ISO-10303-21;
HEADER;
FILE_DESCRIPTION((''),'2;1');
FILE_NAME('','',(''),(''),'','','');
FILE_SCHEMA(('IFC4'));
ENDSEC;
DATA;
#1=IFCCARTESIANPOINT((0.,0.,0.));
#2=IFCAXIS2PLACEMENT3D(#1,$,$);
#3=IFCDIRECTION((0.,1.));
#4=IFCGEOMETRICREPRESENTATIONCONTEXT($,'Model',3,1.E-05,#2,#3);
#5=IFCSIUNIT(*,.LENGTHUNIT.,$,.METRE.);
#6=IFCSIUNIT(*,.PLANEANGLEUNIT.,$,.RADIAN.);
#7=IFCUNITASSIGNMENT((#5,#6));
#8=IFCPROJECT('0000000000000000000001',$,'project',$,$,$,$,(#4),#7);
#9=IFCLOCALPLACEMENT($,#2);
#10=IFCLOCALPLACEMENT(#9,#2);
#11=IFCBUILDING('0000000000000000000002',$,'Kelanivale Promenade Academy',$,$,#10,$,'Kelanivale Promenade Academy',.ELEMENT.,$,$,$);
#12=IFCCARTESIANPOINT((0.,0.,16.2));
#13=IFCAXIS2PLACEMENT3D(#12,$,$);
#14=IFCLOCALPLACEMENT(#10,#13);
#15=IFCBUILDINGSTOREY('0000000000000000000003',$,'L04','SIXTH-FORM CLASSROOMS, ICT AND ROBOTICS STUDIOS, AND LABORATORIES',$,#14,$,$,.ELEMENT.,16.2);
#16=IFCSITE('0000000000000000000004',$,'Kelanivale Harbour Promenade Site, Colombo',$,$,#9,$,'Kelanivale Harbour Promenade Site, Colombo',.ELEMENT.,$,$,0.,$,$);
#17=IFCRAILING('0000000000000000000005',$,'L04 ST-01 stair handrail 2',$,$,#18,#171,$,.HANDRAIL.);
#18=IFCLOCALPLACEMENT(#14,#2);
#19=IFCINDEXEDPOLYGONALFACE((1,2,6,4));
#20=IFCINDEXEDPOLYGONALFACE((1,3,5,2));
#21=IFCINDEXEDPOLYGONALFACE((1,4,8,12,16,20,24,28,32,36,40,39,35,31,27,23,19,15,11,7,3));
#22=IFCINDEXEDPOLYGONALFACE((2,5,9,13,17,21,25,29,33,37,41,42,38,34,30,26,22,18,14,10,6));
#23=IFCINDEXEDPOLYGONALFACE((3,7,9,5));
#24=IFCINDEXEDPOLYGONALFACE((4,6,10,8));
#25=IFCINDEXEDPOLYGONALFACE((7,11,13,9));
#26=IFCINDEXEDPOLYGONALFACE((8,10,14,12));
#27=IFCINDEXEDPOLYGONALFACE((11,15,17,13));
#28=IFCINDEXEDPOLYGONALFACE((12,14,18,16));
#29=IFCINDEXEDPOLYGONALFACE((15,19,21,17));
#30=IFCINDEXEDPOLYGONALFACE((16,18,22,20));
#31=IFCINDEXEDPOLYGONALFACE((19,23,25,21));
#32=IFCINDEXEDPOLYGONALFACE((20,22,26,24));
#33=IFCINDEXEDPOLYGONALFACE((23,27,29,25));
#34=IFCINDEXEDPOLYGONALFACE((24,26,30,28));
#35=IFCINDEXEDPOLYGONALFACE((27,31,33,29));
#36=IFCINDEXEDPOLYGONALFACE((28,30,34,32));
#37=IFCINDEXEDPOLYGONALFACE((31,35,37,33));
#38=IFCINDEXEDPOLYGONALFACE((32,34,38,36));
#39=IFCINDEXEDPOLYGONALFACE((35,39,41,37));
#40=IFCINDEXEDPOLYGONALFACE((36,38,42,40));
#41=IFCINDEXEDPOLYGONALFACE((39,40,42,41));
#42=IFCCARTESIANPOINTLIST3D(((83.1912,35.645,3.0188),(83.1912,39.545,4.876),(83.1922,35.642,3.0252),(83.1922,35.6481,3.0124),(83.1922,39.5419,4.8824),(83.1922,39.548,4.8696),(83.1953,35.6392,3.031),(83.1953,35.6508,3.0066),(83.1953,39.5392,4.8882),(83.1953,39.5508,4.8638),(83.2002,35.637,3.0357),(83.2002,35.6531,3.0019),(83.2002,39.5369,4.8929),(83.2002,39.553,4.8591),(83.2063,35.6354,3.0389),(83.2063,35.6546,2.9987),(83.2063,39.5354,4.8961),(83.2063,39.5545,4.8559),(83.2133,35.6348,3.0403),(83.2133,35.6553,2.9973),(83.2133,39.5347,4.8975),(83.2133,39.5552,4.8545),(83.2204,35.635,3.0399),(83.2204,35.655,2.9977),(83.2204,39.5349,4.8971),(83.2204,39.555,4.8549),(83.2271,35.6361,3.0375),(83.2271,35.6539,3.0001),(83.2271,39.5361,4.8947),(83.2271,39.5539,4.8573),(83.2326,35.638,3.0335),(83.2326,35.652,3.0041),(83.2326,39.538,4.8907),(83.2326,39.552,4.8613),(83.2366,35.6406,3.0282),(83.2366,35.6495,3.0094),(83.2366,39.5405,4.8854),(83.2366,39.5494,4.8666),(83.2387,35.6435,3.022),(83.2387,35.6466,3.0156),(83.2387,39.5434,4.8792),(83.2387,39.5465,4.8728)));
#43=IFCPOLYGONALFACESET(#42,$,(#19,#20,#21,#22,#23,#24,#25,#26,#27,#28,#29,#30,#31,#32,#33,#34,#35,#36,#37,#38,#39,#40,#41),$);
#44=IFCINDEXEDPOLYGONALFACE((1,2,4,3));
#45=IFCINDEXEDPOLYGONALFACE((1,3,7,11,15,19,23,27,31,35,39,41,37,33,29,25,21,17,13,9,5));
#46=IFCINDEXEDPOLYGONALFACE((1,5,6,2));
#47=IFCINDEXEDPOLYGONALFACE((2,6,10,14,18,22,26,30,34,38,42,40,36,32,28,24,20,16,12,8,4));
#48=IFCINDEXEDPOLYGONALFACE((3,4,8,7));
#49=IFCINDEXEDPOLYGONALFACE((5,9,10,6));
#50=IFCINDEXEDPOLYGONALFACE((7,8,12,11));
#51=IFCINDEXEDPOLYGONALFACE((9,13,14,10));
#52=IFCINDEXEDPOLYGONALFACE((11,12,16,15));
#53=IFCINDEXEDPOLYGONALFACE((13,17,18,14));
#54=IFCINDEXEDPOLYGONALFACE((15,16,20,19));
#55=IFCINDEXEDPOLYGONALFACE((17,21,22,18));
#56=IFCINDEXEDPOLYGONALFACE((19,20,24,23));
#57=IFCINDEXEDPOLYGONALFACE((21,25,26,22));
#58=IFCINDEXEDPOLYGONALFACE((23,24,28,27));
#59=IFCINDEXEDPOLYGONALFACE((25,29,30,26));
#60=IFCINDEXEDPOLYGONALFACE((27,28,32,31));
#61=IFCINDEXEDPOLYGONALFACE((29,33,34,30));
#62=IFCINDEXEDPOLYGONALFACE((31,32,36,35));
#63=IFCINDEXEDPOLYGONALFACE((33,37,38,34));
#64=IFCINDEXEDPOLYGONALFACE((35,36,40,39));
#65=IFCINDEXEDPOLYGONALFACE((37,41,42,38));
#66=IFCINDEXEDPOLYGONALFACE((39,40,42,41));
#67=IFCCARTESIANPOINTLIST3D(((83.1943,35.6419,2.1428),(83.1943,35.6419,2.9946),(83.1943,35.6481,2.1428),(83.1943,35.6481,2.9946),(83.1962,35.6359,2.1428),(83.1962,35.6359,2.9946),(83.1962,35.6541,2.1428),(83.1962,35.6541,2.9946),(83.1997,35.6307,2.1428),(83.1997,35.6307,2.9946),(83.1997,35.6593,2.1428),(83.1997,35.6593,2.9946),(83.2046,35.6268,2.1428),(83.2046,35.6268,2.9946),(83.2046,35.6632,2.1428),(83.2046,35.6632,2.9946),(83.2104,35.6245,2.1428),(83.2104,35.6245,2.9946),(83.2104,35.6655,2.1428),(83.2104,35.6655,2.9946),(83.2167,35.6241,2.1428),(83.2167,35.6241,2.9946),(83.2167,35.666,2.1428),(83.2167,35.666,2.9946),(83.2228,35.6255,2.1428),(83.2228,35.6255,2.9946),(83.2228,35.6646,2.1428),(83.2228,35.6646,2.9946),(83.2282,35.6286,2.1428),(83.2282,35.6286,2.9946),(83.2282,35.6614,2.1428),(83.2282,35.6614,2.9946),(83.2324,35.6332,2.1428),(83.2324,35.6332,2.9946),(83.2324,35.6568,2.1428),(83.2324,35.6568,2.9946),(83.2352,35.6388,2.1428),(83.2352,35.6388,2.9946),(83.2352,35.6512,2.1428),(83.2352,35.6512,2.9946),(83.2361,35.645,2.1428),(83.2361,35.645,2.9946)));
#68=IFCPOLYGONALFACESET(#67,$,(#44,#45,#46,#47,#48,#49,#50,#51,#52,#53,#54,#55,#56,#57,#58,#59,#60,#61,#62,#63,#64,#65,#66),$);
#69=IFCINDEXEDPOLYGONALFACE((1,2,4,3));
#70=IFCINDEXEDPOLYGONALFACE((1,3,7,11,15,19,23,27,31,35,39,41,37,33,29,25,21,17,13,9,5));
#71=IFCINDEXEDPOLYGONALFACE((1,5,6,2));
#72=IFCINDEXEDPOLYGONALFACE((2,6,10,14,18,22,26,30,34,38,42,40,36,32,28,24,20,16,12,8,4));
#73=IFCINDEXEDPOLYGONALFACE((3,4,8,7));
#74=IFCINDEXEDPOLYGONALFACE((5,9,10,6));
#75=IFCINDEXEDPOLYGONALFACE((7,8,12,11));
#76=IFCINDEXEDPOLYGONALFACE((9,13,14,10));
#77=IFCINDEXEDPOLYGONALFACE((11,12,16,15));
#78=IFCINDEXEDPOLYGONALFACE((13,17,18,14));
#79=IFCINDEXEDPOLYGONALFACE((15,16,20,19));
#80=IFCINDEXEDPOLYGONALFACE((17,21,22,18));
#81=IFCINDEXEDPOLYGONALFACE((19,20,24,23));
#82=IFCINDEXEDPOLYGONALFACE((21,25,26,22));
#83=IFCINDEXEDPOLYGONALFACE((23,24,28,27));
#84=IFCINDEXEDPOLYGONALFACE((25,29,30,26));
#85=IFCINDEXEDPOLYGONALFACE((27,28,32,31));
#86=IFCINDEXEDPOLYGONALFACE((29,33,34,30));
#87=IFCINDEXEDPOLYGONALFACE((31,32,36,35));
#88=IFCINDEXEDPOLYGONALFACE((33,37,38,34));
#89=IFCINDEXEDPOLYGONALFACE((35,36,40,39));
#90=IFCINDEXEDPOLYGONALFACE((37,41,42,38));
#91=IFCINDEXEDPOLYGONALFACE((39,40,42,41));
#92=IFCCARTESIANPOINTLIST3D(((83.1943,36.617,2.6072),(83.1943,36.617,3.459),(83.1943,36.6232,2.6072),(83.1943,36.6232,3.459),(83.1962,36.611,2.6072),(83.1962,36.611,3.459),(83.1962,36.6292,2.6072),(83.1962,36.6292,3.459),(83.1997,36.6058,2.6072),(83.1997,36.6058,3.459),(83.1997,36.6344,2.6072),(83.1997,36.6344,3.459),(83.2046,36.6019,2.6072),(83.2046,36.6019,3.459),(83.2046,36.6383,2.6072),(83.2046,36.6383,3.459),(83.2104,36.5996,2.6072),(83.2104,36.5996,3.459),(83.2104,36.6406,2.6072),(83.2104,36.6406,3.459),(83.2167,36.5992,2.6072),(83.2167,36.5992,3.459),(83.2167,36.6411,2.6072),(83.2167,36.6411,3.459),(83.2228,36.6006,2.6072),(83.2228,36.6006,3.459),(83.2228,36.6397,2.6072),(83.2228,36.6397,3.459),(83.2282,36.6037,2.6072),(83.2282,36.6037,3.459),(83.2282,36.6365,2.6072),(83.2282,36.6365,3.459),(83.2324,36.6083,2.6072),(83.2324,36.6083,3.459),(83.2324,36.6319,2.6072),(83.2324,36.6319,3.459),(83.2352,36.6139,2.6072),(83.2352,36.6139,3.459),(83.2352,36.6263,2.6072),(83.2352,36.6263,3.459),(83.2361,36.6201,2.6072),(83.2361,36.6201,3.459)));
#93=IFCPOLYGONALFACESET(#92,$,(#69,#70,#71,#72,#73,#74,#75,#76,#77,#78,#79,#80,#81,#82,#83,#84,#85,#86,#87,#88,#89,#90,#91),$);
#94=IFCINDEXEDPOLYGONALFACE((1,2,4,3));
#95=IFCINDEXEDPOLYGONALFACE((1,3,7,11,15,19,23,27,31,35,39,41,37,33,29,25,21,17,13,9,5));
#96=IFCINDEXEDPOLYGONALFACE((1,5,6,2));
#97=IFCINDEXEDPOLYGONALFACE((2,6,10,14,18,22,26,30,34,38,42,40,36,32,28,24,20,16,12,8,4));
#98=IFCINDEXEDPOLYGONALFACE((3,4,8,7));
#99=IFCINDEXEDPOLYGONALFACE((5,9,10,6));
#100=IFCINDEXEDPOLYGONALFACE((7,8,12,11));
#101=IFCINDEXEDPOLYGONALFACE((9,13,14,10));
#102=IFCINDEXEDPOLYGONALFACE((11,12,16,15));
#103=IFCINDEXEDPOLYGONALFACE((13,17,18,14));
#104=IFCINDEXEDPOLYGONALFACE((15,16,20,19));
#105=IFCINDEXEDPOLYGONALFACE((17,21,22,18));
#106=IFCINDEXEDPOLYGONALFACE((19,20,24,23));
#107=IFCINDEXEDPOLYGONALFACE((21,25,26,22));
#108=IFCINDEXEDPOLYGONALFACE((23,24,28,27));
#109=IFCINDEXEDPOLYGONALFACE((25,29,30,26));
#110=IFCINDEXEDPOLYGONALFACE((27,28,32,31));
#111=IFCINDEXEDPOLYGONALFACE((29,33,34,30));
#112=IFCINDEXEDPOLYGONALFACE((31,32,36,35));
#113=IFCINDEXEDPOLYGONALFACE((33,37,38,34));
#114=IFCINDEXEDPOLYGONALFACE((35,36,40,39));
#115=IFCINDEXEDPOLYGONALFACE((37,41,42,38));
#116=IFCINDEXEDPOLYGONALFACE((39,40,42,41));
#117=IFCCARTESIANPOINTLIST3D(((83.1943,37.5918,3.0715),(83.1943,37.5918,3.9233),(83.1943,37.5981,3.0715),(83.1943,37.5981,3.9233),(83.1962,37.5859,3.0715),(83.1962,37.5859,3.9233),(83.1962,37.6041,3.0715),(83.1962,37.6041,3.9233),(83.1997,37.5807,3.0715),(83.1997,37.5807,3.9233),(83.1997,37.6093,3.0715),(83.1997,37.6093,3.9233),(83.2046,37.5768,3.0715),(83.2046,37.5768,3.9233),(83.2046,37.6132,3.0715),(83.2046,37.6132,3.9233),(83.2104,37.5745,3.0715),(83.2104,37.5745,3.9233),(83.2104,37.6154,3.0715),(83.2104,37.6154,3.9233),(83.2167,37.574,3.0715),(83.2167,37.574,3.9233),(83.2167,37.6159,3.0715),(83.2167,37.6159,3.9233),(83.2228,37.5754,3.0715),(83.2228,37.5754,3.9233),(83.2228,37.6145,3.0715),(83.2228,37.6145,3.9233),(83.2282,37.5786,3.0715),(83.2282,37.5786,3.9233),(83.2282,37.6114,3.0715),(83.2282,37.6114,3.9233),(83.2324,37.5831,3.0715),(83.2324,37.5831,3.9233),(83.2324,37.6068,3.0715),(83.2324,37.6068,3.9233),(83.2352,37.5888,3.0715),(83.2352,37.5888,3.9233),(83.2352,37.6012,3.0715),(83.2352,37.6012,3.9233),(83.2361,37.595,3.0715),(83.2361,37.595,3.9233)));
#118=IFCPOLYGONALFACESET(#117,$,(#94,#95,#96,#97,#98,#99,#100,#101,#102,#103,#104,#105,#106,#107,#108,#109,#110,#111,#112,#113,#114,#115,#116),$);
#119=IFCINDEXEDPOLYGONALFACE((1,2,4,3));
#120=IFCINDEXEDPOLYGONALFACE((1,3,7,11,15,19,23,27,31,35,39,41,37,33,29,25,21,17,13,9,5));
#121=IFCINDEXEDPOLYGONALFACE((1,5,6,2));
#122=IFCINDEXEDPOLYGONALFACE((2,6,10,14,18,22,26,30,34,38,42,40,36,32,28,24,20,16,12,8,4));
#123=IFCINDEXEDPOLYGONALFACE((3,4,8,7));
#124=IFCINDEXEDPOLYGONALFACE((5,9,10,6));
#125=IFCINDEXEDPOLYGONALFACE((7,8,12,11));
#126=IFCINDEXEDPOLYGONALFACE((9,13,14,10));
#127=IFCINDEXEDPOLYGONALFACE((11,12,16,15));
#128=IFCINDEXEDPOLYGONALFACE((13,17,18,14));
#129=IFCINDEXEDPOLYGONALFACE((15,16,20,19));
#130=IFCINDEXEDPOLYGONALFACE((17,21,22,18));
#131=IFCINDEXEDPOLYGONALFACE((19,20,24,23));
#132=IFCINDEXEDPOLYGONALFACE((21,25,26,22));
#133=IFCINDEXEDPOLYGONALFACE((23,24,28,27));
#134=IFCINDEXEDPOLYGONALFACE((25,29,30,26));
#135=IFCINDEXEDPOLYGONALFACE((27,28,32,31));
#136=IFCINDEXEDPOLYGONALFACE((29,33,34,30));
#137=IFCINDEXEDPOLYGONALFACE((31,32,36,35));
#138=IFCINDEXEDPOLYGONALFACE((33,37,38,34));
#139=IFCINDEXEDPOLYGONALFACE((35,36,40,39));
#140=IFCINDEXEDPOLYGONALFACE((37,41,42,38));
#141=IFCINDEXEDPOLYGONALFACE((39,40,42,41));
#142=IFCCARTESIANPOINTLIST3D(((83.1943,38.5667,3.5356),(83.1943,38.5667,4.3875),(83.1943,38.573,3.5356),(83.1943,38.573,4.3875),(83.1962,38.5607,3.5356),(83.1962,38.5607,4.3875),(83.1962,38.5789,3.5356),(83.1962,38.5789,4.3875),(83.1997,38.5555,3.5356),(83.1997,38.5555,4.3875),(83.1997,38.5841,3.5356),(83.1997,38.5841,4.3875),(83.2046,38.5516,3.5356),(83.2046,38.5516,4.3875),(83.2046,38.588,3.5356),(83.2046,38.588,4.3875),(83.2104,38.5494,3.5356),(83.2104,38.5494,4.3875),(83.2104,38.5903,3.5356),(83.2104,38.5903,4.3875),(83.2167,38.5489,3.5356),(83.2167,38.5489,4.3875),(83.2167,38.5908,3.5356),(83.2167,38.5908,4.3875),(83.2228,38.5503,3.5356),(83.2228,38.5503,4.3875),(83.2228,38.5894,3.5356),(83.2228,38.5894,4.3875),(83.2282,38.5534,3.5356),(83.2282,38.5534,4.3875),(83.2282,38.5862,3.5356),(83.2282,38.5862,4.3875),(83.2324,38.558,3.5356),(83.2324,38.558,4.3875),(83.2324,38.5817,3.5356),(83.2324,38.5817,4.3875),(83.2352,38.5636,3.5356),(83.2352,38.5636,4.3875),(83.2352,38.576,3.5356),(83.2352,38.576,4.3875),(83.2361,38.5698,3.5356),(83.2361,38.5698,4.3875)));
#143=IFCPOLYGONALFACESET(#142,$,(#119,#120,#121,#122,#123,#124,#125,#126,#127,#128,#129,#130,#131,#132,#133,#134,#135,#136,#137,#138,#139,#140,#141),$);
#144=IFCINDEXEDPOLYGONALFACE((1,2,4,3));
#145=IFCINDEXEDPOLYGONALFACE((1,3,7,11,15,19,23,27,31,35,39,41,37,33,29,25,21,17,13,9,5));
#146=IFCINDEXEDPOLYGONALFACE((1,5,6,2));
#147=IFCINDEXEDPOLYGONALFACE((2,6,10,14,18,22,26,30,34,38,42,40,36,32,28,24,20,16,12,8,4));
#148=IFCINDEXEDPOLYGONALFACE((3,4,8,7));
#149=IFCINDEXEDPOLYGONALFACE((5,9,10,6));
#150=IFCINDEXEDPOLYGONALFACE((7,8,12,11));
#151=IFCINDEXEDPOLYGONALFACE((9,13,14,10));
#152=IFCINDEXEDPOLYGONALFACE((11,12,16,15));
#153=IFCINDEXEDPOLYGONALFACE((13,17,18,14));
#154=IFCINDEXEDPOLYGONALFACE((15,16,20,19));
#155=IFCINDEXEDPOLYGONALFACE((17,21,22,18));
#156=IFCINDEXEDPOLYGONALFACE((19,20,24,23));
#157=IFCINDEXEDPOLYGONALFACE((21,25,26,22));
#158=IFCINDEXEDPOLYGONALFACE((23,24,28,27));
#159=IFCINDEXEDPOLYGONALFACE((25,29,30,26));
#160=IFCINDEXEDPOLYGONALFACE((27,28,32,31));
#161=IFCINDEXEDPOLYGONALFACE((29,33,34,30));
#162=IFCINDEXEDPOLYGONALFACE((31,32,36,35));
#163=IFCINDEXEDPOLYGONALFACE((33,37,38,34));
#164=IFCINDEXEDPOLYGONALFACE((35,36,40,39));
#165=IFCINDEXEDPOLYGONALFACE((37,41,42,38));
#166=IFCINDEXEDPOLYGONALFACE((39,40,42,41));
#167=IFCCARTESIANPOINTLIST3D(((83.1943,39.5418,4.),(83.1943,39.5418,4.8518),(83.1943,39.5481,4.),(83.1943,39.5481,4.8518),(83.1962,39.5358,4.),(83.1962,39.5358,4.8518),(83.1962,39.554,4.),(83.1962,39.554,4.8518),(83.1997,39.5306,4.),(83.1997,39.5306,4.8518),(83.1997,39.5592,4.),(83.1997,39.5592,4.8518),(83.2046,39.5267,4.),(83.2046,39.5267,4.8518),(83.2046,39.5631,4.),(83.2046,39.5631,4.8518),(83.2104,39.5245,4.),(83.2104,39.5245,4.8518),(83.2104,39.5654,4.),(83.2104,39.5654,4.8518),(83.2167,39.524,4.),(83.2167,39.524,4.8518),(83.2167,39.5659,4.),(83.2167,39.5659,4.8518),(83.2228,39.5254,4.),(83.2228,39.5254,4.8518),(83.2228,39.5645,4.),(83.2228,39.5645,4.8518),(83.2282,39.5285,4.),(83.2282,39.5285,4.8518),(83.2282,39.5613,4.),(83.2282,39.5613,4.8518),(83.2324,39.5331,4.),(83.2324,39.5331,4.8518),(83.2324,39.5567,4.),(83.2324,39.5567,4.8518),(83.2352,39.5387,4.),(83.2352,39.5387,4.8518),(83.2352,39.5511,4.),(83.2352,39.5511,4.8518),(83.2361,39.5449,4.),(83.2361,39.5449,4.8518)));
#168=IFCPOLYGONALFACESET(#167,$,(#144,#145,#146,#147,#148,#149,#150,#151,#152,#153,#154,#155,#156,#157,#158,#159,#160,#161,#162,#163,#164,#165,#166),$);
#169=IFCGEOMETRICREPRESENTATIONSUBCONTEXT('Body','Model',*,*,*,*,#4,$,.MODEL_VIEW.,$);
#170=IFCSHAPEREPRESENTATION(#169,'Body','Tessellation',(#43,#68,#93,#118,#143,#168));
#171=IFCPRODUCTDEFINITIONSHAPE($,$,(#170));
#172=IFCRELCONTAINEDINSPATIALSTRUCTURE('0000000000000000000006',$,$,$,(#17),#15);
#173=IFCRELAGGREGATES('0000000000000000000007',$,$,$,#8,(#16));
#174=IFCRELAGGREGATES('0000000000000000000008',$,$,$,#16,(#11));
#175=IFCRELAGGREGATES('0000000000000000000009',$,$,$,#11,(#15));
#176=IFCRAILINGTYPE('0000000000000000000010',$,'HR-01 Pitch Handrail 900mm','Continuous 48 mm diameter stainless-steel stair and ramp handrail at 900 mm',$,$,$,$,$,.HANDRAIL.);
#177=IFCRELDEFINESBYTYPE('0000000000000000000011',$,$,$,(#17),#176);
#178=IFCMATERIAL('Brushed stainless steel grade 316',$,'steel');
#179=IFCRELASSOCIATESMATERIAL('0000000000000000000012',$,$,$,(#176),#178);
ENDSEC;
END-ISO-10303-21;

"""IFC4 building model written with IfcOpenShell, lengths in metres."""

from ifc_helpers import new_model, si_unit, direction, frame, origin, origin_2d, place, context, subcontext, project, spatial, circle, extrude, material, type_object, element, save


model = new_model("IFC4")

# Units and contexts
model_context = context("Model", 3, precision=1e-05, world=origin(), true_north=direction((0.0, 1.0)))
body_context = subcontext(model_context, "Body", "Model", "MODEL_VIEW")
ifc_project = project(units=[si_unit("LENGTHUNIT", "METRE"), si_unit("PLANEANGLEUNIT", "RADIAN")], contexts=[model_context])

# Site, building, storey
site_placement = place(None, origin())
site = spatial("IfcSite", under=ifc_project, at=site_placement, Name="Kelanivale Harbour Promenade Site, Colombo", LongName="Kelanivale Harbour Promenade Site, Colombo", CompositionType="ELEMENT", RefElevation=0.0)
building_placement = place(site_placement, origin())
building = spatial("IfcBuilding", under=site, at=building_placement, Name="Kelanivale Promenade Academy", LongName="Kelanivale Promenade Academy", CompositionType="ELEMENT")
storey_placement = place(building_placement, frame((0.0, 0.0, 16.2)))
storey = spatial("IfcBuildingStorey", under=building, at=storey_placement, Name="L04", Description="SIXTH-FORM CLASSROOMS, ICT AND ROBOTICS STUDIOS, AND LABORATORIES", CompositionType="ELEMENT", Elevation=16.2)

# Railing
ifc_material_1 = material(Name="Brushed stainless steel grade 316", Category="steel")
railing_type = type_object("IfcRailingType", Name="HR-01 Pitch Handrail 900mm", Description="Continuous 48 mm diameter stainless-steel stair and ramp handrail at 900 mm", PredefinedType="HANDRAIL", material=ifc_material_1)
railing_placement = place(storey_placement, frame((83.2151, 35.645, 2.1428)))
element("IfcRailing", 1, at=railing_placement, inside=storey, type_object=railing_type, Name="L04 ST-01 stair handrail 2", PredefinedType="HANDRAIL", context=body_context, shape_type="SweptSolid", body=[
    extrude(circle(Radius=0.0239, at=origin_2d()), frame((0.0, 0.0, 0.876), z_axis=(0.0, 0.902853, 0.429949), x_axis=(-1.0, 0.0, 0.0)), (0.0, 0.0, 1.0), 4.3196),
    extrude(circle(Radius=0.021, at=origin_2d()), origin(), (0.0, 0.0, 1.0), 0.8518),
    extrude(circle(Radius=0.021, at=origin_2d()), frame((0.0, 0.9751, 0.4644)), (0.0, 0.0, 1.0), 0.8518),
    extrude(circle(Radius=0.021, at=origin_2d()), frame((0.0, 1.95, 0.9287)), (0.0, 0.0, 1.0), 0.8518),
    extrude(circle(Radius=0.021, at=origin_2d()), frame((0.0, 2.9248, 1.3928)), (0.0, 0.0, 1.0), 0.8518),
    extrude(circle(Radius=0.021, at=origin_2d()), frame((0.0, 3.8999, 1.8572)), (0.0, 0.0, 1.0), 0.8518),
])

save(model, "model.ifc")
